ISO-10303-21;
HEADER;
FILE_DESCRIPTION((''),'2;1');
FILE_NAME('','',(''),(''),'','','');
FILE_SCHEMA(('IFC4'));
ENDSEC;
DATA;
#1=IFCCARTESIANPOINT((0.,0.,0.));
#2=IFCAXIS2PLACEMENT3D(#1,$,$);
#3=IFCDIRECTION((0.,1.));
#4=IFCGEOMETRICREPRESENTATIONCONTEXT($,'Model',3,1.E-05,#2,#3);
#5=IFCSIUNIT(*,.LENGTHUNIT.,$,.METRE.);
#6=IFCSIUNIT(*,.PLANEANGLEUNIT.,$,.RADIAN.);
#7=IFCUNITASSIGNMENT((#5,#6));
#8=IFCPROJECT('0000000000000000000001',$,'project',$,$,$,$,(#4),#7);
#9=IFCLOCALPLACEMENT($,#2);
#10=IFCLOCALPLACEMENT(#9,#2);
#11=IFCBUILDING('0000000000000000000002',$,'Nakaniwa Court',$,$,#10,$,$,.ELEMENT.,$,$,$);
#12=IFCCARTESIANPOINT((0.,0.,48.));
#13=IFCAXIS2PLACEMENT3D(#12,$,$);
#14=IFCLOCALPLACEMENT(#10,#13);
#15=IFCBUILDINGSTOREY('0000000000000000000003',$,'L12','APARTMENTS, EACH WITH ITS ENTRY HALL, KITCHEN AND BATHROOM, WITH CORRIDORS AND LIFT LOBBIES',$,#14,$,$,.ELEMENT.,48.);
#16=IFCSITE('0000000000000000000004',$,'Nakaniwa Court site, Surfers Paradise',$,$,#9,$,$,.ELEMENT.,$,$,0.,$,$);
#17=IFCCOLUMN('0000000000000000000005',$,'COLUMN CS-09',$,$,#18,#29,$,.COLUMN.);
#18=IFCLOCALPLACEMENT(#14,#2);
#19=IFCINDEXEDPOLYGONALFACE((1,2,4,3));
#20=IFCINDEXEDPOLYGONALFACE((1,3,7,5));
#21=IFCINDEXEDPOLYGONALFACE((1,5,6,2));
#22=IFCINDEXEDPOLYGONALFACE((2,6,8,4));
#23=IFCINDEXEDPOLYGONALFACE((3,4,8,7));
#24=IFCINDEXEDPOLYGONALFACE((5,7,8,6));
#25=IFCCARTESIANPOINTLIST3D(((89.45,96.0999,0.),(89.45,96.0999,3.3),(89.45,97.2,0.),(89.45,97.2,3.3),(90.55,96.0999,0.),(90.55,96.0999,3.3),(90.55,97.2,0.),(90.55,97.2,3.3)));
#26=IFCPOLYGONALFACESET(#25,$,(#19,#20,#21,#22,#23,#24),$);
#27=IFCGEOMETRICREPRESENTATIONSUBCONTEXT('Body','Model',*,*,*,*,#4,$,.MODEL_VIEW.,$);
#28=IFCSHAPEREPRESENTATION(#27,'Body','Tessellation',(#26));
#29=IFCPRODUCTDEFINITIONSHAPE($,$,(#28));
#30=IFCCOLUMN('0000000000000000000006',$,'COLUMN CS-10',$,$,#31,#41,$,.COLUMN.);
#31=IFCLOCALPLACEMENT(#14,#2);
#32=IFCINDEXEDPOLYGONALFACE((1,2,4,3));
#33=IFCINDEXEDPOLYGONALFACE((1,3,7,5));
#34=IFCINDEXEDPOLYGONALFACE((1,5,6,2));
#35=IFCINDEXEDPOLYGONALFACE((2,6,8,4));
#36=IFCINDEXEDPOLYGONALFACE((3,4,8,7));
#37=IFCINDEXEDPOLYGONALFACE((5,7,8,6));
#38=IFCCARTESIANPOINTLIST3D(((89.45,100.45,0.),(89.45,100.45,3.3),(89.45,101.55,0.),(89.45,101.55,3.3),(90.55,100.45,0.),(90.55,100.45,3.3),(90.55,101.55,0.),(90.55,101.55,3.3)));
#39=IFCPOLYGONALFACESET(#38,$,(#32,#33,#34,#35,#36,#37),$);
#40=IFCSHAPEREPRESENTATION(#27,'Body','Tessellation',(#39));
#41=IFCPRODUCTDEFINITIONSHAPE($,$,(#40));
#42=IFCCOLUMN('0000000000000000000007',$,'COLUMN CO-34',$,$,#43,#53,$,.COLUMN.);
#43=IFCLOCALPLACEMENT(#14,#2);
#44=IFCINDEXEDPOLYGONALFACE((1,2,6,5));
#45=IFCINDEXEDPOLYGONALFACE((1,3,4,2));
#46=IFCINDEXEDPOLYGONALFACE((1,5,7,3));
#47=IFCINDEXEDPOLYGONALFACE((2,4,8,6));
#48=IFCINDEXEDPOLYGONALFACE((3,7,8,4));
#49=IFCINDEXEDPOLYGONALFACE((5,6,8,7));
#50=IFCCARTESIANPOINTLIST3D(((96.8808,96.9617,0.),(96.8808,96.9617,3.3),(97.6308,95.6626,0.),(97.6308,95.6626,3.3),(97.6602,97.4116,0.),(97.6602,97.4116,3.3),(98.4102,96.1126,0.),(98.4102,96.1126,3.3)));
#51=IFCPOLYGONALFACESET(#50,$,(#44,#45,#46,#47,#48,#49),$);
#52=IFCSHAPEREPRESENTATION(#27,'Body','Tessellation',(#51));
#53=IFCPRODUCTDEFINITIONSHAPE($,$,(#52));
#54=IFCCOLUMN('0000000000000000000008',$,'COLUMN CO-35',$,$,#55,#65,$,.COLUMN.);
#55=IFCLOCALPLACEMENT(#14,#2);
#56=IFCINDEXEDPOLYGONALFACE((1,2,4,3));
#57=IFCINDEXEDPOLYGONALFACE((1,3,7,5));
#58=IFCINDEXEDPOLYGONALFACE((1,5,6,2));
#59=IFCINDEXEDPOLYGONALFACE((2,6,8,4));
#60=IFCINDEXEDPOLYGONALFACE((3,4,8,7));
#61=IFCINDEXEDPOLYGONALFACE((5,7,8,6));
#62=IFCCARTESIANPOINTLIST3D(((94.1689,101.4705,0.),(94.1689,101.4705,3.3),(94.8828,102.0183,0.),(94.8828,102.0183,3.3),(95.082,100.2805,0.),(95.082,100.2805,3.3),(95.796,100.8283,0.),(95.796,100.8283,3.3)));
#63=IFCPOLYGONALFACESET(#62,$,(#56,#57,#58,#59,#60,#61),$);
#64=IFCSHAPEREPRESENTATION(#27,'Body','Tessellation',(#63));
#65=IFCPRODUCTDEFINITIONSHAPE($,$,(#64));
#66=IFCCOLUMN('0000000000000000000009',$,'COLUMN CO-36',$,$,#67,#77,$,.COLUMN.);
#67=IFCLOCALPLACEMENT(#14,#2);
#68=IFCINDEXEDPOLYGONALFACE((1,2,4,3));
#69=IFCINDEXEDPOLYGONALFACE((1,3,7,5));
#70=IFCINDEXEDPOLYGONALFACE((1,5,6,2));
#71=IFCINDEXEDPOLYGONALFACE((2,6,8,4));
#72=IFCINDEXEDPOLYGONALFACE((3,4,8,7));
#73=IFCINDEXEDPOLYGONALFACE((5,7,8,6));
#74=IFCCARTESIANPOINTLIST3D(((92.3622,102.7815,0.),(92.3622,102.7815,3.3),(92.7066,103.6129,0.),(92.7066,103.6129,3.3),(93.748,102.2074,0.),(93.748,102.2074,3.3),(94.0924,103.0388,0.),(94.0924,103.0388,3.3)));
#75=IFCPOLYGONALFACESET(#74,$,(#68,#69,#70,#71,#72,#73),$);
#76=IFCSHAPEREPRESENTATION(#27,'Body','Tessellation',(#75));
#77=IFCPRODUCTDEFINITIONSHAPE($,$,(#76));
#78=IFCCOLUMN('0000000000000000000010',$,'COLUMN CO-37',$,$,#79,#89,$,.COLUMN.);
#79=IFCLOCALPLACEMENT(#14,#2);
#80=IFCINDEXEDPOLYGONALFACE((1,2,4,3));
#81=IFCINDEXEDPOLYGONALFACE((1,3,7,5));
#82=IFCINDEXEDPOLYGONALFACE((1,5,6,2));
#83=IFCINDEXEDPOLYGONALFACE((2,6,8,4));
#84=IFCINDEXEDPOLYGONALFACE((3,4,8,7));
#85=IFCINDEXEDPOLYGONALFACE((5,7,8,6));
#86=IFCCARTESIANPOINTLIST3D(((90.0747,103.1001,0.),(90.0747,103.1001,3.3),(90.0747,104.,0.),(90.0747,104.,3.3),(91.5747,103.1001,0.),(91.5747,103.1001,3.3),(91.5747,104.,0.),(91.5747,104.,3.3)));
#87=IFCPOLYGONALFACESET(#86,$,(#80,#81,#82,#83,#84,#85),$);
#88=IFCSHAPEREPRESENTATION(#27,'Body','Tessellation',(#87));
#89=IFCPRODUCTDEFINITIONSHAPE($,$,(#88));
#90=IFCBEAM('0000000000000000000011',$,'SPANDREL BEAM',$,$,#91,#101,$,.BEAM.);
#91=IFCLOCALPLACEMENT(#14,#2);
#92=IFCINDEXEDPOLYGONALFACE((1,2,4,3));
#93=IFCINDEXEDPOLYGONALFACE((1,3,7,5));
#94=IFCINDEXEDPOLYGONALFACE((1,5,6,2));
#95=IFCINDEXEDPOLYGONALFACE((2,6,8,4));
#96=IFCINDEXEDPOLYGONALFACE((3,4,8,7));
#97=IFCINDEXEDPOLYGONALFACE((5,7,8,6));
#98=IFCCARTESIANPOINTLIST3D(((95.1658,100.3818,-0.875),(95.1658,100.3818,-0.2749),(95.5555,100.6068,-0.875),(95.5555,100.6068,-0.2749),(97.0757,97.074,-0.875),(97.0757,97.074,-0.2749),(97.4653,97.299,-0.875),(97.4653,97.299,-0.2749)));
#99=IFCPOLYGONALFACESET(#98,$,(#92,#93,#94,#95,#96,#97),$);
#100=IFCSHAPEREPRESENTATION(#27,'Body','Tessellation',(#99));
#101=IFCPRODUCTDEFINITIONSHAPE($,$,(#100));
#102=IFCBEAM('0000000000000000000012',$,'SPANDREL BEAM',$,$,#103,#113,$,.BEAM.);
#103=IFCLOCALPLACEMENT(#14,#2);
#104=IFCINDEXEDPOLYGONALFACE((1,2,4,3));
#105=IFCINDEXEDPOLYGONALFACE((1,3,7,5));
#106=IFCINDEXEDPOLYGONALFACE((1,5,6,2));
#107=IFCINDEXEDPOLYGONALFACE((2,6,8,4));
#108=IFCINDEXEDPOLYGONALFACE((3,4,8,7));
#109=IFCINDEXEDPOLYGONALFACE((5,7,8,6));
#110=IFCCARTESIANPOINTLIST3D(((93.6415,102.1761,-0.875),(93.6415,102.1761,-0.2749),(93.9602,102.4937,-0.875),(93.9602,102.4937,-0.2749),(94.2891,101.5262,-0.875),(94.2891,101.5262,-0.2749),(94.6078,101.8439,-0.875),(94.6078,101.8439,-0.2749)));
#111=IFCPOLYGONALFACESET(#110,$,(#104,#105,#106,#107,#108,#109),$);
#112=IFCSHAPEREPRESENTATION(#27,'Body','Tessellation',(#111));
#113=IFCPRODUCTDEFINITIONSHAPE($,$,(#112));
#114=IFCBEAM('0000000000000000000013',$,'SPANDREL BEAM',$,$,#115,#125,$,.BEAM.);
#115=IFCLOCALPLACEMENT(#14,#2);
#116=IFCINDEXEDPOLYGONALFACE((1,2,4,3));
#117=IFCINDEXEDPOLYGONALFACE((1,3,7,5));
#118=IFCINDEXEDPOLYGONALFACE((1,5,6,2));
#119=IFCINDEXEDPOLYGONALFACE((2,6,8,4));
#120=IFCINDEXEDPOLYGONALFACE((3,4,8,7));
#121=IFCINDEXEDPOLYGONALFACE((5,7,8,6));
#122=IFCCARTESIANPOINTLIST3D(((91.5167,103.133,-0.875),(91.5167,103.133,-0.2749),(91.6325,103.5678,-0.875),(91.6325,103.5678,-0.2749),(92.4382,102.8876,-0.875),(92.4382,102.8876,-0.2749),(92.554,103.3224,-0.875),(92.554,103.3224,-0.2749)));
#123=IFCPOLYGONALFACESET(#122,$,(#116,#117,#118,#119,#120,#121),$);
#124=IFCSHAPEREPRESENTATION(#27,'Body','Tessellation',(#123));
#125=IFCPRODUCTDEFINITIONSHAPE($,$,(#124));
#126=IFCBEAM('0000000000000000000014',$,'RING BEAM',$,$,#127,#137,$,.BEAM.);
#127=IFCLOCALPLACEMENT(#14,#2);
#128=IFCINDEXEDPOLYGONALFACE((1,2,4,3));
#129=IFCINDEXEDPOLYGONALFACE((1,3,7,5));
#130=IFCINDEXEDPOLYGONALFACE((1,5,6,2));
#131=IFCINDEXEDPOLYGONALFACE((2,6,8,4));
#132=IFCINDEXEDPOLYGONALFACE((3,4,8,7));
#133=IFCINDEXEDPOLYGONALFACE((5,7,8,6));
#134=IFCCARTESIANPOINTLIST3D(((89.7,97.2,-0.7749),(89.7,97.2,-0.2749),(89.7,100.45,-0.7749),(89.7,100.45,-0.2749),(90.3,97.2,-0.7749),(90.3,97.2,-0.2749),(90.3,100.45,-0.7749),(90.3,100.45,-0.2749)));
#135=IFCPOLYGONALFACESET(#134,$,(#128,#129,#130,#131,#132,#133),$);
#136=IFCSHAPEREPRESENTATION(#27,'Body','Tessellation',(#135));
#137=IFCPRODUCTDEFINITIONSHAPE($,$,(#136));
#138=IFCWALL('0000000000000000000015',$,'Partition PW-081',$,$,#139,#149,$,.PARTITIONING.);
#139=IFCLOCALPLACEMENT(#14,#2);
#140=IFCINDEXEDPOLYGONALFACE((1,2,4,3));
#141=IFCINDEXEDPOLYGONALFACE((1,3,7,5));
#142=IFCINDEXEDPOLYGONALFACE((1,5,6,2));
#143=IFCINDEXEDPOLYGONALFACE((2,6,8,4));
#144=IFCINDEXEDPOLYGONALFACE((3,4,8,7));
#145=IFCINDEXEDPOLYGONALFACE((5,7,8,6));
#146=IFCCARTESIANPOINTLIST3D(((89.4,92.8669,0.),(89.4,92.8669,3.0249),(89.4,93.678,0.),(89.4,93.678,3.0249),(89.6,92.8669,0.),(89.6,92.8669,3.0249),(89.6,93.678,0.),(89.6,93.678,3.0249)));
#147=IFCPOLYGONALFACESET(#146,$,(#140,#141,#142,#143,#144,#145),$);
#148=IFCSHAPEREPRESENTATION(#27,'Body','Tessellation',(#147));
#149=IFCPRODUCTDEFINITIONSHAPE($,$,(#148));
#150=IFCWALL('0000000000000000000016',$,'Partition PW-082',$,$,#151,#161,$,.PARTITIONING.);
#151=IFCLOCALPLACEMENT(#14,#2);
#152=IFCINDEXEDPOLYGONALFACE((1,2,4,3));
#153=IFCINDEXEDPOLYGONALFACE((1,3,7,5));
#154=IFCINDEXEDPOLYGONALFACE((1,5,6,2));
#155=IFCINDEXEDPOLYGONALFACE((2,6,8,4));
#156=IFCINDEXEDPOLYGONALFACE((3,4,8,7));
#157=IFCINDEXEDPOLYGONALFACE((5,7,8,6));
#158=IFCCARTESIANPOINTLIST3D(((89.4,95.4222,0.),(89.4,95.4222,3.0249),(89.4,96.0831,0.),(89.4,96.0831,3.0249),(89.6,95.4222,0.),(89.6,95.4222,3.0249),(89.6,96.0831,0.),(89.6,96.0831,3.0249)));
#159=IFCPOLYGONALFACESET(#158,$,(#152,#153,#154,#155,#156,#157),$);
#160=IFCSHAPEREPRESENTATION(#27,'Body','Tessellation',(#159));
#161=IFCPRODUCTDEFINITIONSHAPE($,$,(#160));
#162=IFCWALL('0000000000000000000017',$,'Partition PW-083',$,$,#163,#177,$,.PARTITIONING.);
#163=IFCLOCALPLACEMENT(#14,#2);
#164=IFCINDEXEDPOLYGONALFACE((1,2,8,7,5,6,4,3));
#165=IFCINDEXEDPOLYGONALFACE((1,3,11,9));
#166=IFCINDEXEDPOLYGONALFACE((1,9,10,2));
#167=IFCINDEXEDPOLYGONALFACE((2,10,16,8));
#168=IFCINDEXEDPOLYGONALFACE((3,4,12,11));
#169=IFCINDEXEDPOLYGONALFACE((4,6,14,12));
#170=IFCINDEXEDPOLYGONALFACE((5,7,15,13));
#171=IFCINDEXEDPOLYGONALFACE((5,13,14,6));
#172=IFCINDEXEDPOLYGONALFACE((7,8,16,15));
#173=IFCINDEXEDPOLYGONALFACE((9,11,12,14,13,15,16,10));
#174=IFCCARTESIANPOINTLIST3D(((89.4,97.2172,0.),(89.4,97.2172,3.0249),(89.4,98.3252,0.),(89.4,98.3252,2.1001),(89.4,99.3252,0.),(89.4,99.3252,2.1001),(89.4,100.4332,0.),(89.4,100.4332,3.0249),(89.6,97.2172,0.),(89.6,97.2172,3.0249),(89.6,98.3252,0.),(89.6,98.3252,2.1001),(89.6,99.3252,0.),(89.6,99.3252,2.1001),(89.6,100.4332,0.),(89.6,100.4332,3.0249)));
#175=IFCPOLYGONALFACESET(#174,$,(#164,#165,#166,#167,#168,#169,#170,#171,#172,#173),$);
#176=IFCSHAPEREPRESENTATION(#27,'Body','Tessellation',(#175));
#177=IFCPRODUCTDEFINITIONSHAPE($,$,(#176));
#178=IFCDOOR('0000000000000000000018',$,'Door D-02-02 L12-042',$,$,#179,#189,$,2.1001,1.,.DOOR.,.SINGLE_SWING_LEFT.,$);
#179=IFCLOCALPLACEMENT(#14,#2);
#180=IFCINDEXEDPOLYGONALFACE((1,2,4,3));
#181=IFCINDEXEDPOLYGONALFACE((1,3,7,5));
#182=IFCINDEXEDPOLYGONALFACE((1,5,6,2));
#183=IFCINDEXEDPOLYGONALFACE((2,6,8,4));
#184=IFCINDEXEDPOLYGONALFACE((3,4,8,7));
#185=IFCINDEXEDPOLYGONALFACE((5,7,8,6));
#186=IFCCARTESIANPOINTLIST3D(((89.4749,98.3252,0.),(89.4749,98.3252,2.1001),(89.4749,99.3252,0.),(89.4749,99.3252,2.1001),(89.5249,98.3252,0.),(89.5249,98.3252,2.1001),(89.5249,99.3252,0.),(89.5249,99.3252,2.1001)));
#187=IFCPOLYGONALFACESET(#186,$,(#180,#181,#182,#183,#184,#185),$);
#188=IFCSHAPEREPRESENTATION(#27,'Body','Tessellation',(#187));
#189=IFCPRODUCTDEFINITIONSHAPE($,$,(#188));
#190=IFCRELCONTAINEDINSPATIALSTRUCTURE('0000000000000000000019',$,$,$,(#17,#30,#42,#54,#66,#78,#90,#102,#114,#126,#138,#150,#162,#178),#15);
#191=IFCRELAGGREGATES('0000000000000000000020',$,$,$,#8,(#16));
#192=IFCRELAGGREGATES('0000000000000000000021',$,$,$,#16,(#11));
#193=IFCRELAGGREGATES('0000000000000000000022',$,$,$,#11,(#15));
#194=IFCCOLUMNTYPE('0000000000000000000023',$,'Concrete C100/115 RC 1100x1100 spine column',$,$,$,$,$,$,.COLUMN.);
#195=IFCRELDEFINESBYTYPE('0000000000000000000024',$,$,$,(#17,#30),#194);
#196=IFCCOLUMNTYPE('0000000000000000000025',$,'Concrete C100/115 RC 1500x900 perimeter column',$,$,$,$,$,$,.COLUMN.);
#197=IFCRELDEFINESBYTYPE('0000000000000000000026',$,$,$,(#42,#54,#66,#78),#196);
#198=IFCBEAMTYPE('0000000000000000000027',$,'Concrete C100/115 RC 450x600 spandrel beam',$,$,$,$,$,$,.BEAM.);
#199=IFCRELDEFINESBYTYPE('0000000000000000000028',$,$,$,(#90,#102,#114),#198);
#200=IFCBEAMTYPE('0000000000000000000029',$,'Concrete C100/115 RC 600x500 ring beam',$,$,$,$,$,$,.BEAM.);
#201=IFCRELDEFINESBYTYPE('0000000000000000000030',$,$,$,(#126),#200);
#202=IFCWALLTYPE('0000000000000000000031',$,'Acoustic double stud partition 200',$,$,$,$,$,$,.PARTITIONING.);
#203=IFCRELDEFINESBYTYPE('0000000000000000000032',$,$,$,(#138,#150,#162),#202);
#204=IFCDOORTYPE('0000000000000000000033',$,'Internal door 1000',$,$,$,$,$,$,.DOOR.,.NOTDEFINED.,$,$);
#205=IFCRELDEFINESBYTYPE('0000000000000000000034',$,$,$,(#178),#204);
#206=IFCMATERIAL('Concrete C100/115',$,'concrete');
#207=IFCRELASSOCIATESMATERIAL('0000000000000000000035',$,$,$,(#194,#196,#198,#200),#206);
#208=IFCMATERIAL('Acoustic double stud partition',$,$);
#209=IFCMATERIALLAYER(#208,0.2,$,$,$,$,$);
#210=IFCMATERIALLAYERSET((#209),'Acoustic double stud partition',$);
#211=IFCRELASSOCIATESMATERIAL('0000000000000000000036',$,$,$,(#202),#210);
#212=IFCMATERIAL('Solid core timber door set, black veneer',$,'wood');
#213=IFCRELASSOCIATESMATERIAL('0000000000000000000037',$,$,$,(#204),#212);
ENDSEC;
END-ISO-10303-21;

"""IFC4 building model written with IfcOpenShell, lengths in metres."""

from ifc_helpers import new_model, si_unit, direction, frame, frame_2d, origin, origin_2d, place, context, subcontext, project, spatial, rectangle, extrude, material, layer, layer_set, material_profile, profile_set, type_object, element, fill, save


model = new_model("IFC4")

# Units and contexts
model_context = context("Model", 3, precision=1e-05, world=origin(), true_north=direction((0.0, 1.0)))
body_context = subcontext(model_context, "Body", "Model", "MODEL_VIEW")
ifc_project = project(units=[si_unit("LENGTHUNIT", "METRE"), si_unit("PLANEANGLEUNIT", "RADIAN")], contexts=[model_context])

# Site, building, storey
site_placement = place(None, origin())
site = spatial("IfcSite", under=ifc_project, at=site_placement, Name="Nakaniwa Court site, Surfers Paradise", CompositionType="ELEMENT", RefElevation=0.0)
building_placement = place(site_placement, origin())
building = spatial("IfcBuilding", under=site, at=building_placement, Name="Nakaniwa Court", CompositionType="ELEMENT")
storey_placement = place(building_placement, frame((0.0, 0.0, 48.0)))
storey = spatial("IfcBuildingStorey", under=building, at=storey_placement, Name="L12", Description="APARTMENTS, EACH WITH ITS ENTRY HALL, KITCHEN AND BATHROOM, WITH CORRIDORS AND LIFT LOBBIES", CompositionType="ELEMENT", Elevation=48.0)

# Columns
ifc_material_1 = material(Name="Concrete C100/115", Category="concrete")
ifc_material_profile_1 = material_profile(ifc_material_1, rectangle(XDim=1.1001, YDim=1.1001, at=origin_2d()), Name="Concrete C100/115 RC 1100x1100 spine column")
ifc_profile_set_1 = profile_set([ifc_material_profile_1], Name="Concrete C100/115")
column_type_1 = type_object("IfcColumnType", Name="Concrete C100/115 RC 1100x1100 spine column", PredefinedType="COLUMN", material=ifc_profile_set_1)
for number, where, z_axis, x_axis, name in (
    (1, (90.0, 96.6499, 0.0), (0.0, 0.0, 1.0), (0.0, 1.0, 0.0), "COLUMN CS-09"),
    (2, (90.0, 101.0, 0.0), (0.0, 0.0, 1.0), (0.0, 1.0, 0.0), "COLUMN CS-10"),
):
    element("IfcColumn", number, at=place(storey_placement, frame(where, z_axis=z_axis, x_axis=x_axis)), inside=storey, type_object=column_type_1, Name=name, PredefinedType="COLUMN", context=body_context, shape_type="SweptSolid", body=[
        extrude(rectangle(XDim=1.1001, YDim=1.1001, at=origin_2d()), origin(), (0.0, 0.0, 1.0), 3.3),
    ])
ifc_material_profile_2 = material_profile(ifc_material_1, rectangle(XDim=1.5, YDim=0.8999, at=origin_2d()), Name="Concrete C100/115 RC 1500x900 perimeter column")
ifc_profile_set_2 = profile_set([ifc_material_profile_2], Name="Concrete C100/115")
column_type_2 = type_object("IfcColumnType", Name="Concrete C100/115 RC 1500x900 perimeter column", PredefinedType="COLUMN", material=ifc_profile_set_2)
for number, where, z_axis, x_axis, name in (
    (3, (97.6455, 96.5371, 0.0), (0.0, 0.0, 1.0), (-0.5, 0.866025, 0.0), "COLUMN CO-34"),
    (4, (94.9824, 101.1494, 0.0), (0.0, 0.0, 1.0), (-0.608761, 0.793353, 0.0), "COLUMN CO-35"),
    (5, (93.2273, 102.9102, 0.0), (0.0, 0.0, 1.0), (-0.92388, 0.382683, 0.0), "COLUMN CO-36"),
    (6, (90.8247, 103.55, 0.0), (0.0, 0.0, 1.0), (-1.0, 0.0, 0.0), "COLUMN CO-37"),
):
    element("IfcColumn", number, at=place(storey_placement, frame(where, z_axis=z_axis, x_axis=x_axis)), inside=storey, type_object=column_type_2, Name=name, PredefinedType="COLUMN", context=body_context, shape_type="SweptSolid", body=[
        extrude(rectangle(XDim=1.5, YDim=0.8999, at=origin_2d()), origin(), (0.0, 0.0, 1.0), 3.3),
    ])

# Beams
ifc_material_profile_3 = material_profile(ifc_material_1, rectangle(XDim=0.45, YDim=0.6001, at=origin_2d()), Name="Concrete C100/115 RC 450x600 spandrel beam")
ifc_profile_set_3 = profile_set([ifc_material_profile_3], Name="Concrete C100/115")
beam_type_1 = type_object("IfcBeamType", Name="Concrete C100/115 RC 450x600 spandrel beam", PredefinedType="BEAM", material=ifc_profile_set_3)
beam_1_placement = place(storey_placement, frame((97.2705, 97.1865, -0.575), z_axis=(-0.500023, 0.866012, 0.0), x_axis=(-0.866012, -0.500023, 0.0)))
element("IfcBeam", 7, at=beam_1_placement, inside=storey, type_object=beam_type_1, Name="SPANDREL BEAM", PredefinedType="BEAM", context=body_context, shape_type="SweptSolid", body=[
    extrude(rectangle(XDim=0.45, YDim=0.6001, at=origin_2d()), origin(), (0.0, 0.0, 1.0), 3.8196),
])
beam_2_placement = place(storey_placement, frame((94.4485, 101.6851, -0.575), z_axis=(-0.705908, 0.708303, 0.0), x_axis=(-0.708303, -0.705908, 0.0)))
element("IfcBeam", 8, at=beam_2_placement, inside=storey, type_object=beam_type_1, Name="SPANDREL BEAM", PredefinedType="BEAM", context=body_context, shape_type="SweptSolid", body=[
    extrude(rectangle(XDim=0.45, YDim=0.6001, at=origin_2d()), origin(), (0.0, 0.0, 1.0), 0.9175),
])
beam_3_placement = place(storey_placement, frame((92.4961, 103.105, -0.575), z_axis=(-0.966324, 0.257328, 0.0), x_axis=(-0.257328, -0.966324, 0.0)))
element("IfcBeam", 9, at=beam_3_placement, inside=storey, type_object=beam_type_1, Name="SPANDREL BEAM", PredefinedType="BEAM", context=body_context, shape_type="SweptSolid", body=[
    extrude(rectangle(XDim=0.45, YDim=0.6001, at=origin_2d()), origin(), (0.0, 0.0, 1.0), 0.9536),
])
ifc_material_profile_4 = material_profile(ifc_material_1, rectangle(XDim=0.6001, YDim=0.5, at=origin_2d()), Name="Concrete C100/115 RC 600x500 ring beam")
ifc_profile_set_4 = profile_set([ifc_material_profile_4], Name="Concrete C100/115")
beam_type_2 = type_object("IfcBeamType", Name="Concrete C100/115 RC 600x500 ring beam", PredefinedType="BEAM", material=ifc_profile_set_4)
beam_4_placement = place(storey_placement, frame((90.0, 97.2, -0.5249), z_axis=(0.0, 1.0, 0.0), x_axis=(-1.0, 0.0, 0.0)))
element("IfcBeam", 10, at=beam_4_placement, inside=storey, type_object=beam_type_2, Name="RING BEAM", PredefinedType="BEAM", context=body_context, shape_type="SweptSolid", body=[
    extrude(rectangle(XDim=0.6001, YDim=0.5, at=origin_2d()), origin(), (0.0, 0.0, 1.0), 3.25),
])

# Walls
ifc_material_2 = material(Name="Acoustic double stud partition")
ifc_layer_1 = layer(ifc_material_2, 0.2)
ifc_layer_set_1 = layer_set([ifc_layer_1], Name="Acoustic double stud partition")
wall_type_1 = type_object("IfcWallType", Name="Acoustic double stud partition 200", PredefinedType="PARTITIONING", material=ifc_layer_set_1)
wall_1_placement = place(storey_placement, frame((89.5, 92.8669, 0.0), z_axis=(0.0, 0.0, 1.0), x_axis=(0.0, 1.0, 0.0)))
element("IfcWall", 11, at=wall_1_placement, inside=storey, type_object=wall_type_1, Name="Partition PW-081", PredefinedType="PARTITIONING", context=body_context, shape_type="SweptSolid", body=[
    extrude(rectangle(XDim=0.811, YDim=0.2, at=frame_2d((0.4055, 0.0))), origin(), (0.0, 0.0, 1.0), 3.0249),
])
wall_2_placement = place(storey_placement, frame((89.5, 95.4221, 0.0), z_axis=(0.0, 0.0, 1.0), x_axis=(0.0, 1.0, 0.0)))
element("IfcWall", 12, at=wall_2_placement, inside=storey, type_object=wall_type_1, Name="Partition PW-082", PredefinedType="PARTITIONING", context=body_context, shape_type="SweptSolid", body=[
    extrude(rectangle(XDim=0.6609, YDim=0.2, at=frame_2d((0.3306, 0.0))), origin(), (0.0, 0.0, 1.0), 3.0249),
])

# Wall, opening, door
wall_3_placement = place(storey_placement, frame((89.5, 100.4331, 0.0), z_axis=(0.0, 0.0, 1.0), x_axis=(0.0, -1.0, 0.0)))
wall_3 = element("IfcWall", 13, at=wall_3_placement, inside=storey, type_object=wall_type_1, Name="Partition PW-083", PredefinedType="PARTITIONING", context=body_context, shape_type="SweptSolid", body=[
    extrude(rectangle(XDim=3.2161, YDim=0.2, at=frame_2d((1.6079, 0.0))), origin(), (0.0, 0.0, 1.0), 3.0249),
])
opening_1_placement = place(wall_3_placement, frame((1.1079, 0.0, 0.0)))
opening_1 = element("IfcOpeningElement", 14, at=opening_1_placement, cuts=wall_3, PredefinedType="OPENING", context=body_context, shape_type="SweptSolid", body=[
    extrude(rectangle(XDim=1.0, YDim=2.1001, at=frame_2d((0.5, 1.05))), frame((0.0, 0.1099, 0.0), z_axis=(0.0, -1.0, 0.0), x_axis=(1.0, 0.0, 0.0)), (0.0, 0.0, 1.0), 0.22),
])
ifc_material_3 = material(Name="Solid core timber door set, black veneer", Category="wood")
door_type = type_object("IfcDoorType", Name="Internal door 1000", OperationType="NOTDEFINED", PredefinedType="DOOR", material=ifc_material_3)
door_placement = place(opening_1_placement, origin())
door = element("IfcDoor", 15, at=door_placement, inside=storey, type_object=door_type, Name="Door D-02-02 L12-042", OperationType="SINGLE_SWING_LEFT", OverallHeight=2.1001, OverallWidth=1.0, PredefinedType="DOOR", context=body_context, shape_type="SweptSolid", body=[
    extrude(rectangle(XDim=1.0, YDim=2.1001, at=frame_2d((0.5, 1.05))), frame((0.0, 0.0249, 0.0), z_axis=(0.0, -1.0, 0.0), x_axis=(1.0, 0.0, 0.0)), (0.0, 0.0, 1.0), 0.05),
])
fill(opening_1, door)

save(model, "model.ifc")
